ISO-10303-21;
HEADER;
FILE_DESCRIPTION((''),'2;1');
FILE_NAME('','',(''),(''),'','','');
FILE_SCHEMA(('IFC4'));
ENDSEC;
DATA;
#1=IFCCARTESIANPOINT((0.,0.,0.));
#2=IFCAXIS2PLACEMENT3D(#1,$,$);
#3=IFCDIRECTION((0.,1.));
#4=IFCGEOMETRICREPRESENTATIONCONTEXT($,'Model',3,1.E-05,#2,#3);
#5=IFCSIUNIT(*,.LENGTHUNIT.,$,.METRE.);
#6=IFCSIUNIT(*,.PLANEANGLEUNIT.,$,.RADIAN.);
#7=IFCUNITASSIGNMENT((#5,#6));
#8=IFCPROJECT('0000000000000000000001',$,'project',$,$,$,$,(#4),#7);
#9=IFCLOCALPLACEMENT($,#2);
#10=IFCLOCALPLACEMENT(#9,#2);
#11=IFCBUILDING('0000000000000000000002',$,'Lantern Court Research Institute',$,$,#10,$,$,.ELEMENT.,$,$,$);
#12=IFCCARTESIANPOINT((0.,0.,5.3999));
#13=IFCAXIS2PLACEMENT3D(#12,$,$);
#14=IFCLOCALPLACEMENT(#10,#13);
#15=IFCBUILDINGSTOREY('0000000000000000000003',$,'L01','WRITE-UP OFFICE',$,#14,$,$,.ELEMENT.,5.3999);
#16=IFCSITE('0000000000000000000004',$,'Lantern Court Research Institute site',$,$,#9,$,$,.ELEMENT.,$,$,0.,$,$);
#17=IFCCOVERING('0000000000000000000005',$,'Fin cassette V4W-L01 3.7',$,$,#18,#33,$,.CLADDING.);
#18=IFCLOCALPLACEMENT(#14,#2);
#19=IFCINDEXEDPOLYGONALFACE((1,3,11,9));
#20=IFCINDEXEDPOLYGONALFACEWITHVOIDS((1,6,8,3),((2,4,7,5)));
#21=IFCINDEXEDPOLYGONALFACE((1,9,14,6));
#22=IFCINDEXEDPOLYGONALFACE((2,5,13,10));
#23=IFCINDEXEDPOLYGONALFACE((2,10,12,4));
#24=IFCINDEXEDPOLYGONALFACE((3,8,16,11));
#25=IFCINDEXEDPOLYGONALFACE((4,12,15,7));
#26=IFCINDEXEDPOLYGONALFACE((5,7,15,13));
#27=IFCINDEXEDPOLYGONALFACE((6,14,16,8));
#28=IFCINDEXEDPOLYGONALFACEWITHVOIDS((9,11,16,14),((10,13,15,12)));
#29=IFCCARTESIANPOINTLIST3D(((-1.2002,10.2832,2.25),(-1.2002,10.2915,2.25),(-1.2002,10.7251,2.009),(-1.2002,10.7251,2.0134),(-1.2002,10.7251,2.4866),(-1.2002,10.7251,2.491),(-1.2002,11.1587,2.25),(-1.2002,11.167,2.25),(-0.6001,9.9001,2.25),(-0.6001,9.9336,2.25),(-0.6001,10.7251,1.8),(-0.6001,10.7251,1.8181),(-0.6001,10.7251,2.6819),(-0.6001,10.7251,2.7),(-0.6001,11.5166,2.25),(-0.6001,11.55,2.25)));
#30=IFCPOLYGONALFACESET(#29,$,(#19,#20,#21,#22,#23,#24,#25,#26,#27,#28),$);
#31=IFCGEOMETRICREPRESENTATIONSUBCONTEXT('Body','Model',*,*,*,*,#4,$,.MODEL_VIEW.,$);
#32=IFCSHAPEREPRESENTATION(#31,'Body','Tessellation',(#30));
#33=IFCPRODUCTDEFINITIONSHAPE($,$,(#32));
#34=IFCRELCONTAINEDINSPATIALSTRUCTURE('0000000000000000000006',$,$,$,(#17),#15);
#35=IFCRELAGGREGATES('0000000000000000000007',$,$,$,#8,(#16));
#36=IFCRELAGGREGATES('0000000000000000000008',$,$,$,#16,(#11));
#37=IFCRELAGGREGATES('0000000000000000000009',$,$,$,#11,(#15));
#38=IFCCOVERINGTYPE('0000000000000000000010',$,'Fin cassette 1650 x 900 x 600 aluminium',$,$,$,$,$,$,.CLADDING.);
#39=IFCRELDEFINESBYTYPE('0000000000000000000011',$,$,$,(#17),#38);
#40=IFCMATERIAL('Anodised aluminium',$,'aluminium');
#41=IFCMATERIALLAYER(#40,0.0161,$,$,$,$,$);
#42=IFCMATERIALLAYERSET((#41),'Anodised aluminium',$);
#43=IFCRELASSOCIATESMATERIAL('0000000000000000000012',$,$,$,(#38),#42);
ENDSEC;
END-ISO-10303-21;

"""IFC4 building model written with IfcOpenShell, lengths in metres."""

from ifc_helpers import new_model, entity, si_unit, direction, frame, origin, place, context, subcontext, project, spatial, material, layer, layer_set, type_object, element, save


model = new_model("IFC4")

# Units and contexts
model_context = context("Model", 3, precision=1e-05, world=origin(), true_north=direction((0.0, 1.0)))
body_context = subcontext(model_context, "Body", "Model", "MODEL_VIEW")
ifc_project = project(units=[si_unit("LENGTHUNIT", "METRE"), si_unit("PLANEANGLEUNIT", "RADIAN")], contexts=[model_context])

# Site, building, storey
site_placement = place(None, origin())
site = spatial("IfcSite", under=ifc_project, at=site_placement, Name="Lantern Court Research Institute site", CompositionType="ELEMENT", RefElevation=0.0)
building_placement = place(site_placement, origin())
building = spatial("IfcBuilding", under=site, at=building_placement, Name="Lantern Court Research Institute", CompositionType="ELEMENT")
storey_placement = place(building_placement, frame((0.0, 0.0, 5.3999)))
storey = spatial("IfcBuildingStorey", under=building, at=storey_placement, Name="L01", Description="WRITE-UP OFFICE", CompositionType="ELEMENT", Elevation=5.3999)

# Covering
ifc_material_1 = material(Name="Anodised aluminium", Category="aluminium")
ifc_layer_1 = layer(ifc_material_1, 0.0161)
ifc_layer_set_1 = layer_set([ifc_layer_1], Name="Anodised aluminium")
covering_type = type_object("IfcCoveringType", Name="Fin cassette 1650 x 900 x 600 aluminium", PredefinedType="CLADDING", material=ifc_layer_set_1)
covering_1_placement = place(storey_placement, frame((-0.6001, 10.7251, 2.25), z_axis=(-1.0, 0.0, 0.0), x_axis=(0.0, -1.0, 0.0)))
cartesian_point_1 = entity("IfcCartesianPoint", [0.825, 0.0])
cartesian_point_2 = entity("IfcCartesianPoint", [0.7915, 0.0])
cartesian_point_3 = entity("IfcCartesianPoint", [0.4419, 0.0])
cartesian_point_4 = entity("IfcCartesianPoint", [0.4336, 0.0])
element("IfcCovering", 1, at=covering_1_placement, inside=storey, type_object=covering_type, Name="Fin cassette V4W-L01 3.7", PredefinedType="CLADDING", context=body_context, shape_type="SweptSolid", body=[
    entity("IfcExtrudedAreaSolidTapered", entity("IfcArbitraryProfileDefWithVoids", "AREA", None, entity("IfcPolyline", [cartesian_point_1, entity("IfcCartesianPoint", [0.0, 0.45]), entity("IfcCartesianPoint", [-0.825, 0.0]), entity("IfcCartesianPoint", [0.0, -0.45]), cartesian_point_1]), [entity("IfcPolyline", [cartesian_point_2, entity("IfcCartesianPoint", [0.0, 0.4319]), entity("IfcCartesianPoint", [-0.7915, 0.0]), entity("IfcCartesianPoint", [0.0, -0.4319]), cartesian_point_2])]), entity("IfcAxis2Placement3D", entity("IfcCartesianPoint", [0.0, 0.0, 0.0])), entity("IfcDirection", [0.0, 0.0, 1.0]), 0.6001, entity("IfcArbitraryProfileDefWithVoids", "AREA", None, entity("IfcPolyline", [cartesian_point_3, entity("IfcCartesianPoint", [0.0, 0.241]), entity("IfcCartesianPoint", [-0.4419, 0.0]), entity("IfcCartesianPoint", [0.0, -0.241]), cartesian_point_3]), [entity("IfcPolyline", [cartesian_point_4, entity("IfcCartesianPoint", [0.0, 0.2366]), entity("IfcCartesianPoint", [-0.4336, 0.0]), entity("IfcCartesianPoint", [0.0, -0.2366]), cartesian_point_4])])),
])

save(model, "model.ifc")
